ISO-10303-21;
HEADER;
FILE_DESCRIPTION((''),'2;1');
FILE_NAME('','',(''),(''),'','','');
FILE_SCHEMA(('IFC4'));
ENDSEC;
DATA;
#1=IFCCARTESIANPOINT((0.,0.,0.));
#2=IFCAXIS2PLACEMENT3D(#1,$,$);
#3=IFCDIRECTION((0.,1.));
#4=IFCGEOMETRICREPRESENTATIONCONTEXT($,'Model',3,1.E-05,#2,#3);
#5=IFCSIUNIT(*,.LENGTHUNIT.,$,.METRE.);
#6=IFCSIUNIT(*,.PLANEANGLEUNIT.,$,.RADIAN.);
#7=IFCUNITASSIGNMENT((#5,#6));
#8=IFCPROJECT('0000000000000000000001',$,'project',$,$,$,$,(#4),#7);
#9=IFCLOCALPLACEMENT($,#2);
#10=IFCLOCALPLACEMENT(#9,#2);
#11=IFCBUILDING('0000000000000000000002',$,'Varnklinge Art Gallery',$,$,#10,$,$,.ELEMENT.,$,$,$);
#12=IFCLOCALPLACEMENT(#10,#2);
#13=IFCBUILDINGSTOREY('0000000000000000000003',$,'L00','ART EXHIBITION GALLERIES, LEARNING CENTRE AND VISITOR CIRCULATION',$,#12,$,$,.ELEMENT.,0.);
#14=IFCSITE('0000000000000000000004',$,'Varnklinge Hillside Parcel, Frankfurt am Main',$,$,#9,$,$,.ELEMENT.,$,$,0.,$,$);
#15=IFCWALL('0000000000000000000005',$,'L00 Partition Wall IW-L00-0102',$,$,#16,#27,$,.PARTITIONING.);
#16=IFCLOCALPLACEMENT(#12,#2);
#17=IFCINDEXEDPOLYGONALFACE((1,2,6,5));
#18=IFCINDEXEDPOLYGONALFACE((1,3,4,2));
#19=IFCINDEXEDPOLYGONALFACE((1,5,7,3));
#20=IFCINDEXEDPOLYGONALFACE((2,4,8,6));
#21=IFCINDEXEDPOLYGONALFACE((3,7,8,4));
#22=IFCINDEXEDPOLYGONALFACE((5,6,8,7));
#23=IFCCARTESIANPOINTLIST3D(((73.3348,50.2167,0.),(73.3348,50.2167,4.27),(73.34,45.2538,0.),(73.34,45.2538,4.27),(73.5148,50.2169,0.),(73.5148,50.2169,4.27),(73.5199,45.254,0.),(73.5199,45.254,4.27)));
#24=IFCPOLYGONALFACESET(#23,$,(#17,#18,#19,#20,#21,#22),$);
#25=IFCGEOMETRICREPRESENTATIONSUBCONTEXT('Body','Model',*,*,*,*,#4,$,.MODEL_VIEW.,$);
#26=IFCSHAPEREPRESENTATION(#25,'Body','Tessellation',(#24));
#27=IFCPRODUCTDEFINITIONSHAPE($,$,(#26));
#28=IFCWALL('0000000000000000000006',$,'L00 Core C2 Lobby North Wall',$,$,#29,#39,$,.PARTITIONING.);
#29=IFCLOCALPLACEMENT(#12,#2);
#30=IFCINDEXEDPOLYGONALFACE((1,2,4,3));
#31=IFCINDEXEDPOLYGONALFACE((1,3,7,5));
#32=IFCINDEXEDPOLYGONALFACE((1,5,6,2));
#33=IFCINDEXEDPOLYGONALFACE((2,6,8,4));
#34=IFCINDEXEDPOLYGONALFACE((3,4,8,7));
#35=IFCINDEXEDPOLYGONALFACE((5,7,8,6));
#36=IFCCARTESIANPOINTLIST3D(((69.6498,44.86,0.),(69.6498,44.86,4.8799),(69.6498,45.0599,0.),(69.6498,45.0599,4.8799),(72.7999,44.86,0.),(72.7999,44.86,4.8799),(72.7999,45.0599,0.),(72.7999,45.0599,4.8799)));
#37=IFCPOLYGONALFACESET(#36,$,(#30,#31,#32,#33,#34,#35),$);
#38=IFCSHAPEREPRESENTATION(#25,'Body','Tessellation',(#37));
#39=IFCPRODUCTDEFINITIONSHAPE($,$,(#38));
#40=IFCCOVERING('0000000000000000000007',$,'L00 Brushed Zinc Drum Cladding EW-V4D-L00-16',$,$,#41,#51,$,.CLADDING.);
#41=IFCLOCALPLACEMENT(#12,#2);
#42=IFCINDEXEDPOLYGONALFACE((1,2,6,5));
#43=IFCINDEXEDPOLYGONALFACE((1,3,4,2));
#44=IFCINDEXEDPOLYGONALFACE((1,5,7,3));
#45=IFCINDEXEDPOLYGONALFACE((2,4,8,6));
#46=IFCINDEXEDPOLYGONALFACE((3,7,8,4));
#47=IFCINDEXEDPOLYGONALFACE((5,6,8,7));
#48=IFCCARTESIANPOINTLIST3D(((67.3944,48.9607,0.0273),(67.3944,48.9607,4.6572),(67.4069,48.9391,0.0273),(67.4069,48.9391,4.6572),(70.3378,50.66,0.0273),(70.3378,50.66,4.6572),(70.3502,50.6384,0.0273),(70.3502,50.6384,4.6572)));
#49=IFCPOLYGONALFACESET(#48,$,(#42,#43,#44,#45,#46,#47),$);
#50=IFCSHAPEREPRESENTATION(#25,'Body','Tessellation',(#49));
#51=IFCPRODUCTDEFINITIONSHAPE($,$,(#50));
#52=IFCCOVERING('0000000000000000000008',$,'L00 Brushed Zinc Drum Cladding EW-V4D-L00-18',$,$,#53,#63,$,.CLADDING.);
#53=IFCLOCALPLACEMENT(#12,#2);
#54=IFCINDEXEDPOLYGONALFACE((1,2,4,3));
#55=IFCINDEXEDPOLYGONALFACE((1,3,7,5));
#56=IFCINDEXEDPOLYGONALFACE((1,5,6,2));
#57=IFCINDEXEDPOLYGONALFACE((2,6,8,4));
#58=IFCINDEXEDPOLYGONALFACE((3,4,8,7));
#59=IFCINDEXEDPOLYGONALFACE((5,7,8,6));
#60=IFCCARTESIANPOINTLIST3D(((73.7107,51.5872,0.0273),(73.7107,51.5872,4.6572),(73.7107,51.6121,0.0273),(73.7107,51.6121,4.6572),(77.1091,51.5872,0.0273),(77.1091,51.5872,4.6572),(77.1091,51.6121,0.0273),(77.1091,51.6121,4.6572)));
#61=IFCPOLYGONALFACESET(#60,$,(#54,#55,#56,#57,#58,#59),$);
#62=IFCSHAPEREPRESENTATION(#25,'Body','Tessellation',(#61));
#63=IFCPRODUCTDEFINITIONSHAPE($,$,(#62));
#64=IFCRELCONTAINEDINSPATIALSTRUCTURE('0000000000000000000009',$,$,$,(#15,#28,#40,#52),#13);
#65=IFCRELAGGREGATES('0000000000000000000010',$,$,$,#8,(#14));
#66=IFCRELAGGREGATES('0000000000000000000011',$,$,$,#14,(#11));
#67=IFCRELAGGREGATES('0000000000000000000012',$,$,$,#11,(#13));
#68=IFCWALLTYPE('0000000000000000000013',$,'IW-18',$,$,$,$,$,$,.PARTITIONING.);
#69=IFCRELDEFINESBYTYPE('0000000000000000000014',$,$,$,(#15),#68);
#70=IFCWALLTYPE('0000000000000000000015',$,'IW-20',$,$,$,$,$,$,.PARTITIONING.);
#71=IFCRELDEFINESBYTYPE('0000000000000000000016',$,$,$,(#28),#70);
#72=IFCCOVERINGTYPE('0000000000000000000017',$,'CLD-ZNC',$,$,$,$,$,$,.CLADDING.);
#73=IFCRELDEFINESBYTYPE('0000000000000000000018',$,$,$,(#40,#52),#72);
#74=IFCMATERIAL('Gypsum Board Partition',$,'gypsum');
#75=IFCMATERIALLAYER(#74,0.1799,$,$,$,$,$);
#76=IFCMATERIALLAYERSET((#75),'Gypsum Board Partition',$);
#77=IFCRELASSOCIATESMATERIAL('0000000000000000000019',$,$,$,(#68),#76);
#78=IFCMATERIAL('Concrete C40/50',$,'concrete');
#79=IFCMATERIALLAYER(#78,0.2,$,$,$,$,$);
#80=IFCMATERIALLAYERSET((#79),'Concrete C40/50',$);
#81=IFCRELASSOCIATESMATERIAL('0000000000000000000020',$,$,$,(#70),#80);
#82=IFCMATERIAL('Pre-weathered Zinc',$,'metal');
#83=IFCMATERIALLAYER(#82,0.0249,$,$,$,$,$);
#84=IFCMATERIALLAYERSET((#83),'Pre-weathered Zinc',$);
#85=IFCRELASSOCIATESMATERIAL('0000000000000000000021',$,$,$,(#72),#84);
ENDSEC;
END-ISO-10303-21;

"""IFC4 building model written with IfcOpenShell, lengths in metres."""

from ifc_helpers import new_model, si_unit, direction, frame, frame_2d, origin, origin_2d, place, context, subcontext, project, spatial, rectangle, extrude, material, layer, layer_set, type_object, element, save


model = new_model("IFC4")

# Units and contexts
model_context = context("Model", 3, precision=1e-05, world=origin(), true_north=direction((0.0, 1.0)))
body_context = subcontext(model_context, "Body", "Model", "MODEL_VIEW")
ifc_project = project(units=[si_unit("LENGTHUNIT", "METRE"), si_unit("PLANEANGLEUNIT", "RADIAN")], contexts=[model_context])

# Site, building, storey
site_placement = place(None, origin())
site = spatial("IfcSite", under=ifc_project, at=site_placement, Name="Varnklinge Hillside Parcel, Frankfurt am Main", CompositionType="ELEMENT", RefElevation=0.0)
building_placement = place(site_placement, origin())
building = spatial("IfcBuilding", under=site, at=building_placement, Name="Varnklinge Art Gallery", CompositionType="ELEMENT")
storey_placement = place(building_placement, origin())
storey = spatial("IfcBuildingStorey", under=building, at=storey_placement, Name="L00", Description="ART EXHIBITION GALLERIES, LEARNING CENTRE AND VISITOR CIRCULATION", CompositionType="ELEMENT", Elevation=0.0)

# Walls
ifc_material_1 = material(Name="Gypsum Board Partition", Category="gypsum")
ifc_layer_1 = layer(ifc_material_1, 0.1799)
ifc_layer_set_1 = layer_set([ifc_layer_1], Name="Gypsum Board Partition")
wall_type_1 = type_object("IfcWallType", Name="IW-18", PredefinedType="PARTITIONING", material=ifc_layer_set_1)
wall_1_placement = place(storey_placement, frame((73.4248, 50.2168, 0.0), z_axis=(0.0, 0.0, 1.0), x_axis=(0.001033, -0.999999, 0.0)))
element("IfcWall", 1, at=wall_1_placement, inside=storey, type_object=wall_type_1, Name="L00 Partition Wall IW-L00-0102", PredefinedType="PARTITIONING", context=body_context, shape_type="SweptSolid", body=[
    extrude(rectangle(XDim=4.9629, YDim=0.1799, at=frame_2d((2.4814, 0.0))), origin(), (0.0, 0.0, 1.0), 4.27),
])
ifc_material_2 = material(Name="Concrete C40/50", Category="concrete")
ifc_layer_2 = layer(ifc_material_2, 0.2)
ifc_layer_set_2 = layer_set([ifc_layer_2], Name="Concrete C40/50")
wall_type_2 = type_object("IfcWallType", Name="IW-20", PredefinedType="PARTITIONING", material=ifc_layer_set_2)
wall_2_placement = place(storey_placement, frame((72.8, 44.96, 0.0), z_axis=(0.0, 0.0, 1.0), x_axis=(-1.0, 0.0, 0.0)))
element("IfcWall", 2, at=wall_2_placement, inside=storey, type_object=wall_type_2, Name="L00 Core C2 Lobby North Wall", PredefinedType="PARTITIONING", context=body_context, shape_type="SweptSolid", body=[
    extrude(rectangle(XDim=3.1501, YDim=0.2, at=frame_2d((1.5752, 0.0))), origin(), (0.0, 0.0, 1.0), 4.8799),
])

# Coverings
ifc_material_3 = material(Name="Pre-weathered Zinc", Category="metal")
ifc_layer_3 = layer(ifc_material_3, 0.0249)
ifc_layer_set_3 = layer_set([ifc_layer_3], Name="Pre-weathered Zinc")
covering_type = type_object("IfcCoveringType", Name="CLD-ZNC", PredefinedType="CLADDING", material=ifc_layer_set_3)
covering_1_placement = place(storey_placement, frame((68.8723, 49.7996, 0.0273), z_axis=(0.0, 0.0, 1.0), x_axis=(0.866025, 0.5, 0.0)))
element("IfcCovering", 3, at=covering_1_placement, inside=storey, type_object=covering_type, Name="L00 Brushed Zinc Drum Cladding EW-V4D-L00-16", PredefinedType="CLADDING", context=body_context, shape_type="SweptSolid", body=[
    extrude(rectangle(XDim=3.3987, YDim=0.0249, at=origin_2d()), origin(), (0.0, 0.0, 1.0), 4.6299),
])
covering_2_placement = place(storey_placement, frame((75.4099, 51.5996, 0.0273), z_axis=(0.0, 0.0, 1.0), x_axis=(1.0, 0.0, 0.0)))
element("IfcCovering", 4, at=covering_2_placement, inside=storey, type_object=covering_type, Name="L00 Brushed Zinc Drum Cladding EW-V4D-L00-18", PredefinedType="CLADDING", context=body_context, shape_type="SweptSolid", body=[
    extrude(rectangle(XDim=3.3984, YDim=0.0249, at=origin_2d()), origin(), (0.0, 0.0, 1.0), 4.6299),
])

save(model, "model.ifc")
